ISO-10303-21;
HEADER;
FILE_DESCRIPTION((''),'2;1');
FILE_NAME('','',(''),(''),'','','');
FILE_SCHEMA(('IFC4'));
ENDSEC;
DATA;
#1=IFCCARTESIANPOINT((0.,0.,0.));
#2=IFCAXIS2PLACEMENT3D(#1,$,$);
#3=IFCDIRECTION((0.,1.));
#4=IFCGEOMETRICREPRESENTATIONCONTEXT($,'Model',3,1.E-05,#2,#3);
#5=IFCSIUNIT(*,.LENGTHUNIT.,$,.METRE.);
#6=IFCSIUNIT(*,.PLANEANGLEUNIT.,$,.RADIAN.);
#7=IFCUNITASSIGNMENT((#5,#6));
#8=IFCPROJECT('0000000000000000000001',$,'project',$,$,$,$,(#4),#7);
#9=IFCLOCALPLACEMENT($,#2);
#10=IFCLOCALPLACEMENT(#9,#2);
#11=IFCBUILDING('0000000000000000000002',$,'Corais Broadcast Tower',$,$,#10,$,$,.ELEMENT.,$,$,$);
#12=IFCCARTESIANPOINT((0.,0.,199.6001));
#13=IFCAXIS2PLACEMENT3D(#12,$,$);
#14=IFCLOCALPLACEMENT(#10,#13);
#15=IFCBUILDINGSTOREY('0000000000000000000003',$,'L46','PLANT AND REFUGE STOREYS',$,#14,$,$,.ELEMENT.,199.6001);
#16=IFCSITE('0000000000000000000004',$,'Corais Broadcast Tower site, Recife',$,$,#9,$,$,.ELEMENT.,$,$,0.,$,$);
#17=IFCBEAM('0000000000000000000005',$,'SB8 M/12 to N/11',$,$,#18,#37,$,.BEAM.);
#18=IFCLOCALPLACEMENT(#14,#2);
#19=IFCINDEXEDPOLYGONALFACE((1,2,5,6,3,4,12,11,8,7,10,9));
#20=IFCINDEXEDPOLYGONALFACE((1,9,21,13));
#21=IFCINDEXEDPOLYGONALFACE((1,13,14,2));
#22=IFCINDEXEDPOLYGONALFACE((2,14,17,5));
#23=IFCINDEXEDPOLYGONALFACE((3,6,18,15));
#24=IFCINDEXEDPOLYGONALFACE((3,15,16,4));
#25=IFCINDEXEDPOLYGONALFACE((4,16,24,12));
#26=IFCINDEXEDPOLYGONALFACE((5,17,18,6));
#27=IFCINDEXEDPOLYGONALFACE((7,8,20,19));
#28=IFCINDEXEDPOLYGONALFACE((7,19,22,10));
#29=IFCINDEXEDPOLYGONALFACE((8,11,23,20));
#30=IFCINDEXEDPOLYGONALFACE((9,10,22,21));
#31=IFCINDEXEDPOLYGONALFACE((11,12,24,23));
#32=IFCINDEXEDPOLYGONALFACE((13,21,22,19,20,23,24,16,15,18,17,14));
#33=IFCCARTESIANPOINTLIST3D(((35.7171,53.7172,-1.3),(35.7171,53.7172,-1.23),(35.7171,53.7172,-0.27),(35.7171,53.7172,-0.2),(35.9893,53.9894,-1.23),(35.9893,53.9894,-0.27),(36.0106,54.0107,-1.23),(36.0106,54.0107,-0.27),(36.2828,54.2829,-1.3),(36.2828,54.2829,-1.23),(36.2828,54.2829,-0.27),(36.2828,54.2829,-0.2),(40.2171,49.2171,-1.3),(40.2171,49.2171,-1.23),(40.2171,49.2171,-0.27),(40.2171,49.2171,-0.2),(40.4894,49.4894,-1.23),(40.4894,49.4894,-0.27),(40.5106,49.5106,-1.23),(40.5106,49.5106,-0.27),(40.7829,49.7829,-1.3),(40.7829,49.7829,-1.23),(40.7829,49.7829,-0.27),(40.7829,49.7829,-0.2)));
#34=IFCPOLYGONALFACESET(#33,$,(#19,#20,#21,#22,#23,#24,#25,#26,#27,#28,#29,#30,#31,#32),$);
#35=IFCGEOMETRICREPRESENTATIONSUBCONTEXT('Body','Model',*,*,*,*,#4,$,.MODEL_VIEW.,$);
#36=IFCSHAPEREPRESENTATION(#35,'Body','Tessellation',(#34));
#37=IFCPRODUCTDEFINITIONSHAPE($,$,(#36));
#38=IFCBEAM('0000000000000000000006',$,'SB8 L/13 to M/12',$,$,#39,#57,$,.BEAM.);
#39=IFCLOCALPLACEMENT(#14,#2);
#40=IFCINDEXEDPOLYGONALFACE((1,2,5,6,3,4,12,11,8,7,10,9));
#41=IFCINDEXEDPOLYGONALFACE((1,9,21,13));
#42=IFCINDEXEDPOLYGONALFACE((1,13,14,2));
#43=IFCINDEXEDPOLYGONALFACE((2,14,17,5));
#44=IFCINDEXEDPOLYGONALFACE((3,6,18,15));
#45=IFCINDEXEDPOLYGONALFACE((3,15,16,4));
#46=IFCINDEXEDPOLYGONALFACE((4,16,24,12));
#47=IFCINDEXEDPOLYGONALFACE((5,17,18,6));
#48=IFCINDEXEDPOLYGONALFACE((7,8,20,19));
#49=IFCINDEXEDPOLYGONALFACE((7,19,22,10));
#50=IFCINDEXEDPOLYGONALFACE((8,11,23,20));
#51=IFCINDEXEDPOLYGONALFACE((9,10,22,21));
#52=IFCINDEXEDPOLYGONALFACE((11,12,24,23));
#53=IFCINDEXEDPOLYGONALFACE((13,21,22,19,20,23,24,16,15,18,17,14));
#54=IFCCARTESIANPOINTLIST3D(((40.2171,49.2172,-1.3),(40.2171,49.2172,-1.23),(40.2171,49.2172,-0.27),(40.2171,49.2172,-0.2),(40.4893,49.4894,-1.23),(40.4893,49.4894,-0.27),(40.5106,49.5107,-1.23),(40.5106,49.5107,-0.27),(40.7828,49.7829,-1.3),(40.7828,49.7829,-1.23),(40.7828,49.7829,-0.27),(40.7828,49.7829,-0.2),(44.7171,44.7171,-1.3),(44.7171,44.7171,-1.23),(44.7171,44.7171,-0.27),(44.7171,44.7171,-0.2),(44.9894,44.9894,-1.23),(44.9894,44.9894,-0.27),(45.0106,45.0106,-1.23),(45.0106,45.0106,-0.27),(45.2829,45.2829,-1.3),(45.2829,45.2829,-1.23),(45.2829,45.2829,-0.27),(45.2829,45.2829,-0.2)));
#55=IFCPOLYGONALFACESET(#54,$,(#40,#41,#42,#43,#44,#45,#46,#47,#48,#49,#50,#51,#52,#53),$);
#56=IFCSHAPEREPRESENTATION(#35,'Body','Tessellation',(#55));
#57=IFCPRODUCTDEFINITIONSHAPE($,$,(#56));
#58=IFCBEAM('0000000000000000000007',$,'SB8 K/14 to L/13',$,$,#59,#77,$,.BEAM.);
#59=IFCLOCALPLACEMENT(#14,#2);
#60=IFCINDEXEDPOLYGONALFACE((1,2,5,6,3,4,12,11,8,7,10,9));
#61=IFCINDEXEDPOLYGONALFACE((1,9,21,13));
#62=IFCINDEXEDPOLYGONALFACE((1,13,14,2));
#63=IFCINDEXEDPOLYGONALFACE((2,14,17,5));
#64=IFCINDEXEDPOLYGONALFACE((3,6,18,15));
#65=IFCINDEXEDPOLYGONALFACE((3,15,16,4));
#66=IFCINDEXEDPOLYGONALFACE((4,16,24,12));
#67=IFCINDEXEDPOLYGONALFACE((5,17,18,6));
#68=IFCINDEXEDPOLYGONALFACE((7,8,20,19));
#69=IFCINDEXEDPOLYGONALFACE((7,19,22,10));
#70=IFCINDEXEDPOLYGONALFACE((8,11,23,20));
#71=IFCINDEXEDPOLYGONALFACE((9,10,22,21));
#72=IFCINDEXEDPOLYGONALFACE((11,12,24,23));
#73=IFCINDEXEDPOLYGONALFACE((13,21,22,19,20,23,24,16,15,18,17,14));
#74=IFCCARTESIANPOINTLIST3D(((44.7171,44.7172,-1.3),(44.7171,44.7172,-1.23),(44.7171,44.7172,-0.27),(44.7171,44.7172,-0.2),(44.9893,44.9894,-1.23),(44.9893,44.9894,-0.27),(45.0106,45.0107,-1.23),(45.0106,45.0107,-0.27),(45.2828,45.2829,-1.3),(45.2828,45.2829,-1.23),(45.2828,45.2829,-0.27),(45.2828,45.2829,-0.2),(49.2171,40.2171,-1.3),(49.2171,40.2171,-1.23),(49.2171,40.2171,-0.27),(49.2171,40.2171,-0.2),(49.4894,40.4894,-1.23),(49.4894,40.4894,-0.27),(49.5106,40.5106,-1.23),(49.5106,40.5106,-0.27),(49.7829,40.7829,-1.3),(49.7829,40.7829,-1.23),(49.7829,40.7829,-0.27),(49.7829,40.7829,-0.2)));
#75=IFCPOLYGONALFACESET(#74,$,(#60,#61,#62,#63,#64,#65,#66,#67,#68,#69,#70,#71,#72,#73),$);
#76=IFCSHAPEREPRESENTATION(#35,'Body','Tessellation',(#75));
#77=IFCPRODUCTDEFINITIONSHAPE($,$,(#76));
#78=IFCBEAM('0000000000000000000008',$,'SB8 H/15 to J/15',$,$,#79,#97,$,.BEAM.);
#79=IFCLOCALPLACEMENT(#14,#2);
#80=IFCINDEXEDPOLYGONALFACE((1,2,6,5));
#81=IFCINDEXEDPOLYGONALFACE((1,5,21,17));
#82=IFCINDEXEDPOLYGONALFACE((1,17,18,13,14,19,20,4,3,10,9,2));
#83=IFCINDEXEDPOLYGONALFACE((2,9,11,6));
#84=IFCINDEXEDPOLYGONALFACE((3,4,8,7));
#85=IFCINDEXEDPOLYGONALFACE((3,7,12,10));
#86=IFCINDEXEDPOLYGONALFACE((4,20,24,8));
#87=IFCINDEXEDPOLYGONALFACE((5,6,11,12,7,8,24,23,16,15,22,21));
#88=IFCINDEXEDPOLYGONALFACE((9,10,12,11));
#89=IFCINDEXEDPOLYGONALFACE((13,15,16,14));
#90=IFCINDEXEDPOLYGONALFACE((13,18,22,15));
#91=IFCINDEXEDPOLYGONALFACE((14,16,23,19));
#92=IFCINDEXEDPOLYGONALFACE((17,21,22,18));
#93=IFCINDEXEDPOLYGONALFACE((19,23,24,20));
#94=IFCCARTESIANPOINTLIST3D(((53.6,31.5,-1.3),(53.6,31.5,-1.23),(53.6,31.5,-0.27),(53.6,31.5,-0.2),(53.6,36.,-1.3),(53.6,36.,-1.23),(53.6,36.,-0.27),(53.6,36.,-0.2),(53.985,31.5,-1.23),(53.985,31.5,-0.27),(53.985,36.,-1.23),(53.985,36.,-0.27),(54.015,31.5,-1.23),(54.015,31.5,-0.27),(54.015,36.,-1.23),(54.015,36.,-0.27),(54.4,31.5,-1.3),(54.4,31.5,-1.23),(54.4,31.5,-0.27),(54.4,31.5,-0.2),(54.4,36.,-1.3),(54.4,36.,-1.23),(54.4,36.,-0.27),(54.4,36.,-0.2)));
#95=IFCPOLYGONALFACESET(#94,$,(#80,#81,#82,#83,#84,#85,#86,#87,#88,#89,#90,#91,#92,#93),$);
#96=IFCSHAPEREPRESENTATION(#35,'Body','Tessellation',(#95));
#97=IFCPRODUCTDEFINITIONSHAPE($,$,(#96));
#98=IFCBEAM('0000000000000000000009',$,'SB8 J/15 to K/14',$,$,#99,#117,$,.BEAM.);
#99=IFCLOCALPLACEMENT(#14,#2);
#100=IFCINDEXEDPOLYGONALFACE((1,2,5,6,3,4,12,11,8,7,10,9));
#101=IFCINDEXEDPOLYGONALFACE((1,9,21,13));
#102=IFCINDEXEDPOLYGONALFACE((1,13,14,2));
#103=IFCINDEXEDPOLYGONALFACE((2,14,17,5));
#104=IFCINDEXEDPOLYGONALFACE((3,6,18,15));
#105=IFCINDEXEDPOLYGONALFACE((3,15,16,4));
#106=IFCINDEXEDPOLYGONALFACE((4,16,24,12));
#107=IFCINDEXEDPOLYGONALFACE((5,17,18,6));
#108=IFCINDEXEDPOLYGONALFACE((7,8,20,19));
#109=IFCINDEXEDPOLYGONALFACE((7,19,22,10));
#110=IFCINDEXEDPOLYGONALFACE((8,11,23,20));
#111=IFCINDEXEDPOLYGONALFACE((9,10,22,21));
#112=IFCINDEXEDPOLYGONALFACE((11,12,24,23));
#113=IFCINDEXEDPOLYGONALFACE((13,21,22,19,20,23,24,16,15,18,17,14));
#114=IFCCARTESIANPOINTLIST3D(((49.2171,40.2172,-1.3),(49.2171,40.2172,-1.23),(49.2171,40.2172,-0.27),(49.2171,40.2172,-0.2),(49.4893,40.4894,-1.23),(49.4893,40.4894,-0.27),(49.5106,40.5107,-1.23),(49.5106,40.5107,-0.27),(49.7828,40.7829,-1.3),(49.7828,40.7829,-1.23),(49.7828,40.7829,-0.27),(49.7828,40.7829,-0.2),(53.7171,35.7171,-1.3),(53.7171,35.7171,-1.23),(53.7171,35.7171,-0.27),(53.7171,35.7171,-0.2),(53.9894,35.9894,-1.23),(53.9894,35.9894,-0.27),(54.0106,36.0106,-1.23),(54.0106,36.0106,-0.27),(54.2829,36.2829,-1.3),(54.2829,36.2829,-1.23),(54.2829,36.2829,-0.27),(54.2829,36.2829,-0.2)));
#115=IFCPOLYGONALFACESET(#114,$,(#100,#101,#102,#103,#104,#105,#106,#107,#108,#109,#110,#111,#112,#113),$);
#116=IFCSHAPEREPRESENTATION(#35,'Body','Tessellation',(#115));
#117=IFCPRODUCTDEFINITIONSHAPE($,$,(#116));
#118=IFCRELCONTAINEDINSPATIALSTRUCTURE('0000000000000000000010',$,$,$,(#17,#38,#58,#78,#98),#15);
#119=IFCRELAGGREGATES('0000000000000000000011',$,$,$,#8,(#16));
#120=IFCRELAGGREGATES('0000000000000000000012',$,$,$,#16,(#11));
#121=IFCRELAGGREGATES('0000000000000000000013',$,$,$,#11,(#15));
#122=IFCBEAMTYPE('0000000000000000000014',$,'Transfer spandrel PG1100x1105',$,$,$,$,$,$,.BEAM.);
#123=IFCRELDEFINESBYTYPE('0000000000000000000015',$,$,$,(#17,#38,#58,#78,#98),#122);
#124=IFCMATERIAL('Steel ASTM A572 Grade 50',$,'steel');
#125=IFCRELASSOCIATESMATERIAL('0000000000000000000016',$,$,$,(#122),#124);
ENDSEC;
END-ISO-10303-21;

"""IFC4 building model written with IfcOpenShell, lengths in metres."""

from ifc_helpers import new_model, si_unit, direction, frame, origin, origin_2d, place, context, subcontext, project, spatial, i_section, extrude, material, material_profile, profile_set, type_object, element, save


model = new_model("IFC4")

# Units and contexts
model_context = context("Model", 3, precision=1e-05, world=origin(), true_north=direction((0.0, 1.0)))
body_context = subcontext(model_context, "Body", "Model", "MODEL_VIEW")
ifc_project = project(units=[si_unit("LENGTHUNIT", "METRE"), si_unit("PLANEANGLEUNIT", "RADIAN")], contexts=[model_context])

# Site, building, storey
site_placement = place(None, origin())
site = spatial("IfcSite", under=ifc_project, at=site_placement, Name="Corais Broadcast Tower site, Recife", CompositionType="ELEMENT", RefElevation=0.0)
building_placement = place(site_placement, origin())
building = spatial("IfcBuilding", under=site, at=building_placement, Name="Corais Broadcast Tower", CompositionType="ELEMENT")
storey_placement = place(building_placement, frame((0.0, 0.0, 199.6001)))
storey = spatial("IfcBuildingStorey", under=building, at=storey_placement, Name="L46", Description="PLANT AND REFUGE STOREYS", CompositionType="ELEMENT", Elevation=199.6001)

# Beams
ifc_material_1 = material(Name="Steel ASTM A572 Grade 50", Category="steel")
ifc_material_profile_1 = material_profile(ifc_material_1, i_section(OverallWidth=0.8, OverallDepth=1.1001, WebThickness=0.03, FlangeThickness=0.0701, at=origin_2d()), Name="PG1100x1105")
ifc_profile_set_1 = profile_set([ifc_material_profile_1], Name="Steel ASTM A572 Grade 50")
beam_type_1 = type_object("IfcBeamType", Name="Transfer spandrel PG1100x1105", PredefinedType="BEAM", material=ifc_profile_set_1)
for number, where, z_axis, x_axis, name in (
    (1, (40.5, 49.5, -0.75), (-0.707107, 0.707107, 0.0), (-0.707107, -0.707107, 0.0), "SB8 M/12 to N/11"),
    (2, (45.0, 45.0, -0.75), (-0.707107, 0.707107, 0.0), (-0.707107, -0.707107, 0.0), "SB8 L/13 to M/12"),
    (3, (49.5, 40.5, -0.75), (-0.707107, 0.707107, 0.0), (-0.707107, -0.707107, 0.0), "SB8 K/14 to L/13"),
):
    element("IfcBeam", number, at=place(storey_placement, frame(where, z_axis=z_axis, x_axis=x_axis)), inside=storey, type_object=beam_type_1, Name=name, PredefinedType="BEAM", context=body_context, shape_type="SweptSolid", body=[
        extrude(i_section(OverallWidth=0.8, OverallDepth=1.1001, WebThickness=0.03, FlangeThickness=0.0701, at=origin_2d()), origin(), (0.0, 0.0, 1.0), 6.364),
    ])
beam_1_placement = place(storey_placement, frame((54.0, 31.5, -0.75), z_axis=(0.0, 1.0, 0.0), x_axis=(-1.0, 0.0, 0.0)))
element("IfcBeam", 4, at=beam_1_placement, inside=storey, type_object=beam_type_1, Name="SB8 H/15 to J/15", PredefinedType="BEAM", context=body_context, shape_type="SweptSolid", body=[
    extrude(i_section(OverallWidth=0.8, OverallDepth=1.1001, WebThickness=0.03, FlangeThickness=0.0701, at=origin_2d()), origin(), (0.0, 0.0, 1.0), 4.5),
])
beam_2_placement = place(storey_placement, frame((54.0, 36.0, -0.75), z_axis=(-0.707107, 0.707107, 0.0), x_axis=(-0.707107, -0.707107, 0.0)))
element("IfcBeam", 5, at=beam_2_placement, inside=storey, type_object=beam_type_1, Name="SB8 J/15 to K/14", PredefinedType="BEAM", context=body_context, shape_type="SweptSolid", body=[
    extrude(i_section(OverallWidth=0.8, OverallDepth=1.1001, WebThickness=0.03, FlangeThickness=0.0701, at=origin_2d()), origin(), (0.0, 0.0, 1.0), 6.364),
])

save(model, "model.ifc")
